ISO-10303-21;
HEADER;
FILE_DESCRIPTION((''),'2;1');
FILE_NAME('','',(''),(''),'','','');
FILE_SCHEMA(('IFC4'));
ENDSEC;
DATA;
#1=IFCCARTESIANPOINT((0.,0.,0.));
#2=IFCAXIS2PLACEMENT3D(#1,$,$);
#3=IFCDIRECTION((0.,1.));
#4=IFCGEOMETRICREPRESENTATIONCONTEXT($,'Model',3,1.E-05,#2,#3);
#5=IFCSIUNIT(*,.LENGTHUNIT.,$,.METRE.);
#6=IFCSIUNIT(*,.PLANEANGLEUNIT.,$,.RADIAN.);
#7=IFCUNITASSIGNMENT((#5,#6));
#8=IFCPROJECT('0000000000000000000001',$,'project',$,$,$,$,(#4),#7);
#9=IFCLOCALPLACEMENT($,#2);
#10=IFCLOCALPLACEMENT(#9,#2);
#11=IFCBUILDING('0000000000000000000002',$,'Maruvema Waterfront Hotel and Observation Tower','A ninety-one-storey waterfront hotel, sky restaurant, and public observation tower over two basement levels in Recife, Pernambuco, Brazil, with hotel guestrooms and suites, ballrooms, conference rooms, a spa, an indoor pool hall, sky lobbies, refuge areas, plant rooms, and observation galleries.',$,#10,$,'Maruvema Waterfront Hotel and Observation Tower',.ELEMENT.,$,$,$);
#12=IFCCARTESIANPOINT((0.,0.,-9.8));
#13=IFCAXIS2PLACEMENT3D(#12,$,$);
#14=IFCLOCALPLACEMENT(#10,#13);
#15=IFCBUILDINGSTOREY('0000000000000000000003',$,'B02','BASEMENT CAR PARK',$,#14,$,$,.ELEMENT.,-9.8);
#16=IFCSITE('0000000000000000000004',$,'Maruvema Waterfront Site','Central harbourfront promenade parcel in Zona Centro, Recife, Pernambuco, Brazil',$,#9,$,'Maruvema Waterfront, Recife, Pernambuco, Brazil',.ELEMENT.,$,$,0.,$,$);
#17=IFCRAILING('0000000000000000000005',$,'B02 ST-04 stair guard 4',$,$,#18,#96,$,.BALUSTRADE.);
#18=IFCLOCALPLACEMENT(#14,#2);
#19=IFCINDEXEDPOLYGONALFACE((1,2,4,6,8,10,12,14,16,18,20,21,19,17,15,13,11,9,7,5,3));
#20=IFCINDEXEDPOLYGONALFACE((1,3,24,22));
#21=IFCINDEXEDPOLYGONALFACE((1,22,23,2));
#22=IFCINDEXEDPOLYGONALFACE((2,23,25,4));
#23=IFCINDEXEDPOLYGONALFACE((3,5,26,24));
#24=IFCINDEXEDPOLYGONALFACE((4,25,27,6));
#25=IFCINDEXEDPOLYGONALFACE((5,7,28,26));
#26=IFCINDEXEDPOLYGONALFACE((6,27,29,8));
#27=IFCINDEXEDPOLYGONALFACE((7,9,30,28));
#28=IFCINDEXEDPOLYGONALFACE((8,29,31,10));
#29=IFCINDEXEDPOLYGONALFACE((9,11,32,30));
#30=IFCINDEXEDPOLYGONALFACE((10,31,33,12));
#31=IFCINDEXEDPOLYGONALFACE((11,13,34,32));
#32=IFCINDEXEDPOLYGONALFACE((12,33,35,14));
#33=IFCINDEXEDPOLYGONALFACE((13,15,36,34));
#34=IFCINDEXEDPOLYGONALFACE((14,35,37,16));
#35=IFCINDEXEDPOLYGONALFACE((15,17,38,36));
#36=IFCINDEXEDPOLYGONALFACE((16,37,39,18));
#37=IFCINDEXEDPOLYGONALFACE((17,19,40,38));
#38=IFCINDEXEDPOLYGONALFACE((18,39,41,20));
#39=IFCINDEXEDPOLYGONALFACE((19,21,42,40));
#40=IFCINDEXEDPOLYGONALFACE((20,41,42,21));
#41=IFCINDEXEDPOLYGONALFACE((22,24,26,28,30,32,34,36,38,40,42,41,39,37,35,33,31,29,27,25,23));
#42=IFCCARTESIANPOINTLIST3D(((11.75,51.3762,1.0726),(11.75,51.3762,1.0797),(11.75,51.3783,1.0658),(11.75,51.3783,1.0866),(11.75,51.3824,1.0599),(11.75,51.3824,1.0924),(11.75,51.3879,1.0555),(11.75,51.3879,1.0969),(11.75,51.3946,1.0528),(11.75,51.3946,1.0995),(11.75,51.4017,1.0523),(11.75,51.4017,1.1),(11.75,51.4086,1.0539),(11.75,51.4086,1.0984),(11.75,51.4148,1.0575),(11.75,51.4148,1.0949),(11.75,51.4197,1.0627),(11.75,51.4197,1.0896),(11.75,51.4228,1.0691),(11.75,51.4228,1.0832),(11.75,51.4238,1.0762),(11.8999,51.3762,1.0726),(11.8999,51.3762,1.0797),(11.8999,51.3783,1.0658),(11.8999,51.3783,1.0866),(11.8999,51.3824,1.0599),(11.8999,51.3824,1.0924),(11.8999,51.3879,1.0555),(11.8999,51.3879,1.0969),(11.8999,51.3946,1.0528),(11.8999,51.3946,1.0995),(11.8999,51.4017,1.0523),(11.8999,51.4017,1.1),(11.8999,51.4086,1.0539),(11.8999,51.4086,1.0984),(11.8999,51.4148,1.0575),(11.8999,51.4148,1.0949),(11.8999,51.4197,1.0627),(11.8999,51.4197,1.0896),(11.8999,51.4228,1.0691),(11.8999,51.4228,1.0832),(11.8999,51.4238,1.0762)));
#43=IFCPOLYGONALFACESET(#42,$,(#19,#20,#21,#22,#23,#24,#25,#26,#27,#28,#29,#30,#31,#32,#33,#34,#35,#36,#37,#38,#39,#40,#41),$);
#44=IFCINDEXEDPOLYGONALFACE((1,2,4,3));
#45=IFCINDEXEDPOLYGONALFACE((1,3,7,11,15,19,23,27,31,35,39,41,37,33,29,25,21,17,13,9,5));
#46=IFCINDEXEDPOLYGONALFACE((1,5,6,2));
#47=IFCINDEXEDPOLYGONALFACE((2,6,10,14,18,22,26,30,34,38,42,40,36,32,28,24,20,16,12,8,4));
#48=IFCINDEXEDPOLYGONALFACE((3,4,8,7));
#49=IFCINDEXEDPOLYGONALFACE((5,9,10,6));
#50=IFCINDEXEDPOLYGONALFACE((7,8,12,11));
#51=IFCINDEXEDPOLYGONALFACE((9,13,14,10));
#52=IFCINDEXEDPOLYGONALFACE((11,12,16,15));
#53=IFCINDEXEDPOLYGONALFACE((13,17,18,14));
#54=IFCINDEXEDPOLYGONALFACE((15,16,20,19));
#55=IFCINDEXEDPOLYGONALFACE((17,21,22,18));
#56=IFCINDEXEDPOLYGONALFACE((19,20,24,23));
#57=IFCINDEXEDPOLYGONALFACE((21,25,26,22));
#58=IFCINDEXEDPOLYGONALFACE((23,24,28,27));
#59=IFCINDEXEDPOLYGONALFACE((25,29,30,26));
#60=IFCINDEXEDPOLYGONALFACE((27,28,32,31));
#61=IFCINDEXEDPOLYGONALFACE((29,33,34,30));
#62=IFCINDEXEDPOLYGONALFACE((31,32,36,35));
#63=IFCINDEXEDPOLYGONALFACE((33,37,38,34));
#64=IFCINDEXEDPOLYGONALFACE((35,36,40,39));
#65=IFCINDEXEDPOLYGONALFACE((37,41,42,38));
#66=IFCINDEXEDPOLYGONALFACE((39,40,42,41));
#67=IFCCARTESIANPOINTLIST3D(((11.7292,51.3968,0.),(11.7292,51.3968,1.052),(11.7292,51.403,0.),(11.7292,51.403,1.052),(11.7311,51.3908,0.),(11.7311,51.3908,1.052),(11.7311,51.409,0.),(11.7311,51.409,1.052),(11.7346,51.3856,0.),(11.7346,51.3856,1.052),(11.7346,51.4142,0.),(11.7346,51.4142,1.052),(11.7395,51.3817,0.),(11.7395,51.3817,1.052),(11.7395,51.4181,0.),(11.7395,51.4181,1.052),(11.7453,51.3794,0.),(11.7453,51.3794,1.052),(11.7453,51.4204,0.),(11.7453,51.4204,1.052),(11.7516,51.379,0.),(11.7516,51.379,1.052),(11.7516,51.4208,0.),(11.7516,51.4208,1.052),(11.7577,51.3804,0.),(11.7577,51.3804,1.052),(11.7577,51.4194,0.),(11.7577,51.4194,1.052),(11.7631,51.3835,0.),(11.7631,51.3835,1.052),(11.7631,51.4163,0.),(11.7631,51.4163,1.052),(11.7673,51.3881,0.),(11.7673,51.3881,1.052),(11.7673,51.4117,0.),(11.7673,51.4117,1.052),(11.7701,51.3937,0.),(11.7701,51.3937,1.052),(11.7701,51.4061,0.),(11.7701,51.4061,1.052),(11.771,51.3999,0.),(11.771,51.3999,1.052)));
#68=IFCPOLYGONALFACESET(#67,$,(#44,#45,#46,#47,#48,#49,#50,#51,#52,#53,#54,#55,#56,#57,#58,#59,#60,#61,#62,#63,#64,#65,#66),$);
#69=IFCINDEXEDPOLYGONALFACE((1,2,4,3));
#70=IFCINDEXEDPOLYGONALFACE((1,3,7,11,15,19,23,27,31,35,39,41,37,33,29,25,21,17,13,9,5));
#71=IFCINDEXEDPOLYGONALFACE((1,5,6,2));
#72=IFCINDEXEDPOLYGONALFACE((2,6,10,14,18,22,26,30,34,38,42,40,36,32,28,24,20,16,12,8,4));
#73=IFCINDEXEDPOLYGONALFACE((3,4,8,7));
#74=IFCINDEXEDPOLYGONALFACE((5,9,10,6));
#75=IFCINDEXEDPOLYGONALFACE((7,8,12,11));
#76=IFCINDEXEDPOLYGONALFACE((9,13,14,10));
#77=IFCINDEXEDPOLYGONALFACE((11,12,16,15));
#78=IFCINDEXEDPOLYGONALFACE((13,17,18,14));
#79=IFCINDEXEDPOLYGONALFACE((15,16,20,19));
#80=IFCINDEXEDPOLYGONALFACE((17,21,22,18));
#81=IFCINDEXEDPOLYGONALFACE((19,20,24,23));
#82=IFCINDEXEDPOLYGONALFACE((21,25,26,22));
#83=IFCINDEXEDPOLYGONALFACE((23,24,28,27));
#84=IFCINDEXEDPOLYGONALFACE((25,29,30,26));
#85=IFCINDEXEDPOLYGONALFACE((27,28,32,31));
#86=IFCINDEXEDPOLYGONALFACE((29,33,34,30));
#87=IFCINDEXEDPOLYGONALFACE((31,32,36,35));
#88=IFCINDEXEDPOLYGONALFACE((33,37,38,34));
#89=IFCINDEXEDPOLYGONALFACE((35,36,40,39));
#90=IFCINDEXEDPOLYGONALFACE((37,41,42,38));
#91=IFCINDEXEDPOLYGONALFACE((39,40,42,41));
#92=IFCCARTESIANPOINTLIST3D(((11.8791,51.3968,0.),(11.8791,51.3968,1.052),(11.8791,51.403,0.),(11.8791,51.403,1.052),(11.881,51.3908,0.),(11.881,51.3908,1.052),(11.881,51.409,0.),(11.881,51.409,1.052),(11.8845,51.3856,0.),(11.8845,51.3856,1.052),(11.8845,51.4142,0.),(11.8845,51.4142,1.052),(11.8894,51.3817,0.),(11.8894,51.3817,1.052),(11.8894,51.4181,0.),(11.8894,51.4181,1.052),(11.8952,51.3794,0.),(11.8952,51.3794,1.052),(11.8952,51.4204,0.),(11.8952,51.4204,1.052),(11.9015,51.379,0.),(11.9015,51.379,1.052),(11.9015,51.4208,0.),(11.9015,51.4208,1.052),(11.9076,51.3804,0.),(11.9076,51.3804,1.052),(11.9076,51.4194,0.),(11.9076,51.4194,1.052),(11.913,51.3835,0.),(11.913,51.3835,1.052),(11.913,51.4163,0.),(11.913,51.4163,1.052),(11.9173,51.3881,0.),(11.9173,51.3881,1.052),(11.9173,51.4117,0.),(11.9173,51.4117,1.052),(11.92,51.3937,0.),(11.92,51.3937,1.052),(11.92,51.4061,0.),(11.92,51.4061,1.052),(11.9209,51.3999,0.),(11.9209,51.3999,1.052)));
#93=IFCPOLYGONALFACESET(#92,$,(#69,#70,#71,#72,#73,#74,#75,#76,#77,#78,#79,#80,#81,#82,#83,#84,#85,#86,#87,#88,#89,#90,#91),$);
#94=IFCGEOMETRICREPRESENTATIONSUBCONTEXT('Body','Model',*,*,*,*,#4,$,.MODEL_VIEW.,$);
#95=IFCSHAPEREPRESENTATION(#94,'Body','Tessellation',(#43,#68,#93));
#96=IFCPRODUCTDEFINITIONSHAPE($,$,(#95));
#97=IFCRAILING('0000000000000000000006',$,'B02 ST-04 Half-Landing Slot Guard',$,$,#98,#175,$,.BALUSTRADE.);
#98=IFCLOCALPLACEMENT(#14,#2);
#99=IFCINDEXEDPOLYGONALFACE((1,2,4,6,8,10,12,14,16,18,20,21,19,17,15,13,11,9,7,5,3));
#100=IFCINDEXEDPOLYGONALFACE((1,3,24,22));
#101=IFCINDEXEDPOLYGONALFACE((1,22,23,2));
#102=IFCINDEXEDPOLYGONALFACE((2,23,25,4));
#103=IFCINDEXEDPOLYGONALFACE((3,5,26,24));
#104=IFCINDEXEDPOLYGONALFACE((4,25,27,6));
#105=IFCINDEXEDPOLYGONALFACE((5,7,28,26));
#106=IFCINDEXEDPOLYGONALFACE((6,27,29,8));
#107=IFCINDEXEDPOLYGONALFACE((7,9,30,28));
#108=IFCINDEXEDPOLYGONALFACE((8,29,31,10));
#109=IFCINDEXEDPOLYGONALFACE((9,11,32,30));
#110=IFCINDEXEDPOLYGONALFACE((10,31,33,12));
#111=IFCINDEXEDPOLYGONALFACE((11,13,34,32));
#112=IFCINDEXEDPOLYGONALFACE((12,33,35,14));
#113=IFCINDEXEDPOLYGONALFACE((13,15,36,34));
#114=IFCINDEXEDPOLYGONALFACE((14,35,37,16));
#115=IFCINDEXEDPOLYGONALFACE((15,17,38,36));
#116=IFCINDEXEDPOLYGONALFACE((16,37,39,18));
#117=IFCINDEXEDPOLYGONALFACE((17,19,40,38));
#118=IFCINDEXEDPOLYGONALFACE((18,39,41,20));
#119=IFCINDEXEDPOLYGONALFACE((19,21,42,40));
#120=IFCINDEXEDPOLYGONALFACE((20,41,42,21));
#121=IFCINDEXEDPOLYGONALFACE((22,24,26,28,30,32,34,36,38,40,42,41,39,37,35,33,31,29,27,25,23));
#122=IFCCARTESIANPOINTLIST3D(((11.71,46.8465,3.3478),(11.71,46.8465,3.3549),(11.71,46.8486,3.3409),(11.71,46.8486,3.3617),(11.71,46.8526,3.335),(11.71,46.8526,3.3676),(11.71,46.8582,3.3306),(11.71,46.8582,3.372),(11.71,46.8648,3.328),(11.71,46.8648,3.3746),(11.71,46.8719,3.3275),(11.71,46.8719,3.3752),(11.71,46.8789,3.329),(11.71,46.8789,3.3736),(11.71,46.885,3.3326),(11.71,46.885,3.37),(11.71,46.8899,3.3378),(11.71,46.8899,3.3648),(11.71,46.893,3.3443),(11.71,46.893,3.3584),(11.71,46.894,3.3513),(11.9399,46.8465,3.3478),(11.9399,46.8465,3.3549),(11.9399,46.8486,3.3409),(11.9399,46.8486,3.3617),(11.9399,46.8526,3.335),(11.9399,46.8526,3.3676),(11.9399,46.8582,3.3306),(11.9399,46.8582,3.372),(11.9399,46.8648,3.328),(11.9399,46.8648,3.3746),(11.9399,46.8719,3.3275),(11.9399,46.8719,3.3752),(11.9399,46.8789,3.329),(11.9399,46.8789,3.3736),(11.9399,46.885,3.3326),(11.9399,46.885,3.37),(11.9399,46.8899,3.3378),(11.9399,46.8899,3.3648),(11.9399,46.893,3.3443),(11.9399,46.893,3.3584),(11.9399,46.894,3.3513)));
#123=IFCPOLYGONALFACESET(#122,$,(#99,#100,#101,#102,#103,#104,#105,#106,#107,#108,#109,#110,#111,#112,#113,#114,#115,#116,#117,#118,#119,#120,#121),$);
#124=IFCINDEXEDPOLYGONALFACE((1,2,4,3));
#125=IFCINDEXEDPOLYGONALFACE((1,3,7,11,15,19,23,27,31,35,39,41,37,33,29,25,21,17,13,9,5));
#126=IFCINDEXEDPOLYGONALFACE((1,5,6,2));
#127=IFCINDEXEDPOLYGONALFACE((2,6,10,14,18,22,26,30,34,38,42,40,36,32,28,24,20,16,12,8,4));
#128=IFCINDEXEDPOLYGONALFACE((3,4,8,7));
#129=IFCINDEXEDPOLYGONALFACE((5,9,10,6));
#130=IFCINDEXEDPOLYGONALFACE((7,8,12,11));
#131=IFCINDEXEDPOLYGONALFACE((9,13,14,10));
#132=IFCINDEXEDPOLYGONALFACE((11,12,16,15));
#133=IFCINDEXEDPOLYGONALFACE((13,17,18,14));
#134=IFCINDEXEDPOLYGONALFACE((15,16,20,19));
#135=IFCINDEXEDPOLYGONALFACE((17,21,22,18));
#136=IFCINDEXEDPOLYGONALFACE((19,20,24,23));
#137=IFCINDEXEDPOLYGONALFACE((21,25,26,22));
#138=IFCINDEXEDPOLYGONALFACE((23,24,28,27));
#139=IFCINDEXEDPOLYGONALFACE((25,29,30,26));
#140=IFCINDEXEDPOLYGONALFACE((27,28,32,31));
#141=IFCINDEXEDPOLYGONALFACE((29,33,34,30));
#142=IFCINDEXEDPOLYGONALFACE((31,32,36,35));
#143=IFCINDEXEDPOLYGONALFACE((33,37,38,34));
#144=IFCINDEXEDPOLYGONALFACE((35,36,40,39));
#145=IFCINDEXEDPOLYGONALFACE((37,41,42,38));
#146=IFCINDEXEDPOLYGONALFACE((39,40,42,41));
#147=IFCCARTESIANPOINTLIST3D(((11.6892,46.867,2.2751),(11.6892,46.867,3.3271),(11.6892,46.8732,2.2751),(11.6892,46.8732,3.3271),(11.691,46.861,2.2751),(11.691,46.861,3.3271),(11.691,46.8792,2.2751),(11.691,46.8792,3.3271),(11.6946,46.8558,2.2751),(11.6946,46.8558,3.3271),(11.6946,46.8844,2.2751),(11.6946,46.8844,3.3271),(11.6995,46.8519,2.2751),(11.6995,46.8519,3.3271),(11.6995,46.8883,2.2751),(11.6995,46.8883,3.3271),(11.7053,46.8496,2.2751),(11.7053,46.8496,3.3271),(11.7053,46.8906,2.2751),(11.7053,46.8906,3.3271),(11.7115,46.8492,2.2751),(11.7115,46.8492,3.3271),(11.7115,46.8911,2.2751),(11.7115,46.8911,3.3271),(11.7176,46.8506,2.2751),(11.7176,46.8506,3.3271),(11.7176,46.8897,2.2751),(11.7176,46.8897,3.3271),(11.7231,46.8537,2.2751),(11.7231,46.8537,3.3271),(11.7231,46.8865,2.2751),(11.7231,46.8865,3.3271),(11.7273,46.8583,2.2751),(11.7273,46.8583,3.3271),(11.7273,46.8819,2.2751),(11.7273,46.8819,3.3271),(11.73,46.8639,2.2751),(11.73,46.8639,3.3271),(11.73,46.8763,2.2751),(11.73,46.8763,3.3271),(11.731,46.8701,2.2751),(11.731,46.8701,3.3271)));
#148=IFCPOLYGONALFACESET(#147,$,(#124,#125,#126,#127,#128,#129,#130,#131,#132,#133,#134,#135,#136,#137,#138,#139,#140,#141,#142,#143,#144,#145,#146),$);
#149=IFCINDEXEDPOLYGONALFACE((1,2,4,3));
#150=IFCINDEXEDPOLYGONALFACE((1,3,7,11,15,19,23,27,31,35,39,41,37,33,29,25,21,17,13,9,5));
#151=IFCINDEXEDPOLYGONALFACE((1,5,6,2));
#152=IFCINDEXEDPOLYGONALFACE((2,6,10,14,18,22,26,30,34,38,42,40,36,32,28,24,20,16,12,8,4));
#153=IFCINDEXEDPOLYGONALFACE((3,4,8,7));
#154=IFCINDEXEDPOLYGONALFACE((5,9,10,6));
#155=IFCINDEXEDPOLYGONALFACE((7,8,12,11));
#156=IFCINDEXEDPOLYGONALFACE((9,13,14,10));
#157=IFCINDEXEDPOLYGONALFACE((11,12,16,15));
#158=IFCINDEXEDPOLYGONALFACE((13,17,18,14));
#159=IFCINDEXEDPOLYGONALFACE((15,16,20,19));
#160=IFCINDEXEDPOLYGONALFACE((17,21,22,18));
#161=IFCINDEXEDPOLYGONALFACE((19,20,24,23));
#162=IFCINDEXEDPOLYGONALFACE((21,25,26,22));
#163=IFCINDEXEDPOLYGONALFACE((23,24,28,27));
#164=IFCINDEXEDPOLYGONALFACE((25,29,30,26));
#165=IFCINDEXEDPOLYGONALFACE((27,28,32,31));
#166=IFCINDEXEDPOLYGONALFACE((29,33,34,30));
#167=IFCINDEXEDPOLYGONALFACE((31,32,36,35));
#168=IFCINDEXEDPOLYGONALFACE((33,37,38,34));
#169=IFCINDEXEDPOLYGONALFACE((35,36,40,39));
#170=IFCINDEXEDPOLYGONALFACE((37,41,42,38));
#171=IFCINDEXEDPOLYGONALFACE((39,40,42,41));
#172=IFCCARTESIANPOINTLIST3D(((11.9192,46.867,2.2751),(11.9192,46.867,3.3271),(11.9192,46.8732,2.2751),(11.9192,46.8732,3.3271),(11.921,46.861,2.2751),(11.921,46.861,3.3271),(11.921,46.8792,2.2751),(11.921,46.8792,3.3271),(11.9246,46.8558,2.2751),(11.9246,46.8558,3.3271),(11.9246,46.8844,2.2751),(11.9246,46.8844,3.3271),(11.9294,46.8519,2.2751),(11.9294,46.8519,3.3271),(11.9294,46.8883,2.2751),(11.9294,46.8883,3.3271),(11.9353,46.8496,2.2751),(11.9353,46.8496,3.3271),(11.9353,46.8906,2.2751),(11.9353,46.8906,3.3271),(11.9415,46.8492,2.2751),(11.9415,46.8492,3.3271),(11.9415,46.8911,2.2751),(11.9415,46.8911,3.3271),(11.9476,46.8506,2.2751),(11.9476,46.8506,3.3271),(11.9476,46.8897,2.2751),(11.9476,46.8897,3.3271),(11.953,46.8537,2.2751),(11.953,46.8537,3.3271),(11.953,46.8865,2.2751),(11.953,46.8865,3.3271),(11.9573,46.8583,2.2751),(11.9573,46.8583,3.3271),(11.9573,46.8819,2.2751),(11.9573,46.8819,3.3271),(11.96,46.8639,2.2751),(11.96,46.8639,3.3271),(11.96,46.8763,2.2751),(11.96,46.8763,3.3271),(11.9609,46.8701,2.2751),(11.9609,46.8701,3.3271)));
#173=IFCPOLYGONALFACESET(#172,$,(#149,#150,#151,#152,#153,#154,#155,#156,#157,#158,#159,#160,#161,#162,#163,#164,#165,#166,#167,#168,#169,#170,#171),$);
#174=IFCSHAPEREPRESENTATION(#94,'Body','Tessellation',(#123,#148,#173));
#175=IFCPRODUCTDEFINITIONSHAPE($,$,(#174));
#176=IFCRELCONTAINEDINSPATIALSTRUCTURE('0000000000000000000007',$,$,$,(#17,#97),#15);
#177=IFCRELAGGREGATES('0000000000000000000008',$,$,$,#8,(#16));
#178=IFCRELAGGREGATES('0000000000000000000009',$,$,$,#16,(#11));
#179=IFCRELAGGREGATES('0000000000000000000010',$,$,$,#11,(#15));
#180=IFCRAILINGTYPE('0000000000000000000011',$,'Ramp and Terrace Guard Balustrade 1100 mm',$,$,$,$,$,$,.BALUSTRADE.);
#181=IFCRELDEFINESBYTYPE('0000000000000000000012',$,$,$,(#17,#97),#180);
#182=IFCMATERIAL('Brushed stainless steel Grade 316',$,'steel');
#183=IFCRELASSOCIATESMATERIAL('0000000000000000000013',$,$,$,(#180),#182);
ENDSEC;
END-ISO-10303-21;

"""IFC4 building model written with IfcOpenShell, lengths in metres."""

from ifc_helpers import new_model, si_unit, direction, frame, origin, origin_2d, place, context, subcontext, project, spatial, circle, extrude, material, type_object, element, save


model = new_model("IFC4")

# Units and contexts
model_context = context("Model", 3, precision=1e-05, world=origin(), true_north=direction((0.0, 1.0)))
body_context = subcontext(model_context, "Body", "Model", "MODEL_VIEW")
ifc_project = project(units=[si_unit("LENGTHUNIT", "METRE"), si_unit("PLANEANGLEUNIT", "RADIAN")], contexts=[model_context])

# Site, building, storey
site_placement = place(None, origin())
site = spatial("IfcSite", under=ifc_project, at=site_placement, Name="Maruvema Waterfront Site", Description="Central harbourfront promenade parcel in Zona Centro, Recife, Pernambuco, Brazil", LongName="Maruvema Waterfront, Recife, Pernambuco, Brazil", CompositionType="ELEMENT", RefElevation=0.0)
building_placement = place(site_placement, origin())
building = spatial("IfcBuilding", under=site, at=building_placement, Name="Maruvema Waterfront Hotel and Observation Tower", Description="A ninety-one-storey waterfront hotel, sky restaurant, and public observation tower over two basement levels in Recife, Pernambuco, Brazil, with hotel guestrooms and suites, ballrooms, conference rooms, a spa, an indoor pool hall, sky lobbies, refuge areas, plant rooms, and observation galleries.", LongName="Maruvema Waterfront Hotel and Observation Tower", CompositionType="ELEMENT")
storey_placement = place(building_placement, frame((0.0, 0.0, -9.8)))
storey = spatial("IfcBuildingStorey", under=building, at=storey_placement, Name="B02", Description="BASEMENT CAR PARK", CompositionType="ELEMENT", Elevation=-9.8)

# Railings
ifc_material_1 = material(Name="Brushed stainless steel Grade 316", Category="steel")
railing_type_1 = type_object("IfcRailingType", Name="Ramp and Terrace Guard Balustrade 1100 mm", PredefinedType="BALUSTRADE", material=ifc_material_1)
railing_1_placement = place(storey_placement, frame((11.75, 51.3999, 0.0)))
element("IfcRailing", 1, at=railing_1_placement, inside=storey, type_object=railing_type_1, Name="B02 ST-04 stair guard 4", PredefinedType="BALUSTRADE", context=body_context, shape_type="SweptSolid", body=[
    extrude(circle(Radius=0.0239, at=origin_2d()), frame((0.0, 0.0, 1.0762), z_axis=(1.0, 0.0, 0.0), x_axis=(0.0, 1.0, 0.0)), (0.0, 0.0, 1.0), 0.1499),
    extrude(circle(Radius=0.021, at=origin_2d()), origin(), (0.0, 0.0, 1.0), 1.052),
    extrude(circle(Radius=0.021, at=origin_2d()), frame((0.1499, 0.0, 0.0)), (0.0, 0.0, 1.0), 1.052),
])
railing_2_placement = place(storey_placement, frame((11.71, 46.8701, 2.2751)))
element("IfcRailing", 2, at=railing_2_placement, inside=storey, type_object=railing_type_1, Name="B02 ST-04 Half-Landing Slot Guard", PredefinedType="BALUSTRADE", context=body_context, shape_type="SweptSolid", body=[
    extrude(circle(Radius=0.0239, at=origin_2d()), frame((0.0, 0.0, 1.0762), z_axis=(1.0, 0.0, 0.0), x_axis=(0.0, 1.0, 0.0)), (0.0, 0.0, 1.0), 0.23),
    extrude(circle(Radius=0.021, at=origin_2d()), origin(), (0.0, 0.0, 1.0), 1.052),
    extrude(circle(Radius=0.021, at=origin_2d()), frame((0.23, 0.0, 0.0)), (0.0, 0.0, 1.0), 1.052),
])

save(model, "model.ifc")
